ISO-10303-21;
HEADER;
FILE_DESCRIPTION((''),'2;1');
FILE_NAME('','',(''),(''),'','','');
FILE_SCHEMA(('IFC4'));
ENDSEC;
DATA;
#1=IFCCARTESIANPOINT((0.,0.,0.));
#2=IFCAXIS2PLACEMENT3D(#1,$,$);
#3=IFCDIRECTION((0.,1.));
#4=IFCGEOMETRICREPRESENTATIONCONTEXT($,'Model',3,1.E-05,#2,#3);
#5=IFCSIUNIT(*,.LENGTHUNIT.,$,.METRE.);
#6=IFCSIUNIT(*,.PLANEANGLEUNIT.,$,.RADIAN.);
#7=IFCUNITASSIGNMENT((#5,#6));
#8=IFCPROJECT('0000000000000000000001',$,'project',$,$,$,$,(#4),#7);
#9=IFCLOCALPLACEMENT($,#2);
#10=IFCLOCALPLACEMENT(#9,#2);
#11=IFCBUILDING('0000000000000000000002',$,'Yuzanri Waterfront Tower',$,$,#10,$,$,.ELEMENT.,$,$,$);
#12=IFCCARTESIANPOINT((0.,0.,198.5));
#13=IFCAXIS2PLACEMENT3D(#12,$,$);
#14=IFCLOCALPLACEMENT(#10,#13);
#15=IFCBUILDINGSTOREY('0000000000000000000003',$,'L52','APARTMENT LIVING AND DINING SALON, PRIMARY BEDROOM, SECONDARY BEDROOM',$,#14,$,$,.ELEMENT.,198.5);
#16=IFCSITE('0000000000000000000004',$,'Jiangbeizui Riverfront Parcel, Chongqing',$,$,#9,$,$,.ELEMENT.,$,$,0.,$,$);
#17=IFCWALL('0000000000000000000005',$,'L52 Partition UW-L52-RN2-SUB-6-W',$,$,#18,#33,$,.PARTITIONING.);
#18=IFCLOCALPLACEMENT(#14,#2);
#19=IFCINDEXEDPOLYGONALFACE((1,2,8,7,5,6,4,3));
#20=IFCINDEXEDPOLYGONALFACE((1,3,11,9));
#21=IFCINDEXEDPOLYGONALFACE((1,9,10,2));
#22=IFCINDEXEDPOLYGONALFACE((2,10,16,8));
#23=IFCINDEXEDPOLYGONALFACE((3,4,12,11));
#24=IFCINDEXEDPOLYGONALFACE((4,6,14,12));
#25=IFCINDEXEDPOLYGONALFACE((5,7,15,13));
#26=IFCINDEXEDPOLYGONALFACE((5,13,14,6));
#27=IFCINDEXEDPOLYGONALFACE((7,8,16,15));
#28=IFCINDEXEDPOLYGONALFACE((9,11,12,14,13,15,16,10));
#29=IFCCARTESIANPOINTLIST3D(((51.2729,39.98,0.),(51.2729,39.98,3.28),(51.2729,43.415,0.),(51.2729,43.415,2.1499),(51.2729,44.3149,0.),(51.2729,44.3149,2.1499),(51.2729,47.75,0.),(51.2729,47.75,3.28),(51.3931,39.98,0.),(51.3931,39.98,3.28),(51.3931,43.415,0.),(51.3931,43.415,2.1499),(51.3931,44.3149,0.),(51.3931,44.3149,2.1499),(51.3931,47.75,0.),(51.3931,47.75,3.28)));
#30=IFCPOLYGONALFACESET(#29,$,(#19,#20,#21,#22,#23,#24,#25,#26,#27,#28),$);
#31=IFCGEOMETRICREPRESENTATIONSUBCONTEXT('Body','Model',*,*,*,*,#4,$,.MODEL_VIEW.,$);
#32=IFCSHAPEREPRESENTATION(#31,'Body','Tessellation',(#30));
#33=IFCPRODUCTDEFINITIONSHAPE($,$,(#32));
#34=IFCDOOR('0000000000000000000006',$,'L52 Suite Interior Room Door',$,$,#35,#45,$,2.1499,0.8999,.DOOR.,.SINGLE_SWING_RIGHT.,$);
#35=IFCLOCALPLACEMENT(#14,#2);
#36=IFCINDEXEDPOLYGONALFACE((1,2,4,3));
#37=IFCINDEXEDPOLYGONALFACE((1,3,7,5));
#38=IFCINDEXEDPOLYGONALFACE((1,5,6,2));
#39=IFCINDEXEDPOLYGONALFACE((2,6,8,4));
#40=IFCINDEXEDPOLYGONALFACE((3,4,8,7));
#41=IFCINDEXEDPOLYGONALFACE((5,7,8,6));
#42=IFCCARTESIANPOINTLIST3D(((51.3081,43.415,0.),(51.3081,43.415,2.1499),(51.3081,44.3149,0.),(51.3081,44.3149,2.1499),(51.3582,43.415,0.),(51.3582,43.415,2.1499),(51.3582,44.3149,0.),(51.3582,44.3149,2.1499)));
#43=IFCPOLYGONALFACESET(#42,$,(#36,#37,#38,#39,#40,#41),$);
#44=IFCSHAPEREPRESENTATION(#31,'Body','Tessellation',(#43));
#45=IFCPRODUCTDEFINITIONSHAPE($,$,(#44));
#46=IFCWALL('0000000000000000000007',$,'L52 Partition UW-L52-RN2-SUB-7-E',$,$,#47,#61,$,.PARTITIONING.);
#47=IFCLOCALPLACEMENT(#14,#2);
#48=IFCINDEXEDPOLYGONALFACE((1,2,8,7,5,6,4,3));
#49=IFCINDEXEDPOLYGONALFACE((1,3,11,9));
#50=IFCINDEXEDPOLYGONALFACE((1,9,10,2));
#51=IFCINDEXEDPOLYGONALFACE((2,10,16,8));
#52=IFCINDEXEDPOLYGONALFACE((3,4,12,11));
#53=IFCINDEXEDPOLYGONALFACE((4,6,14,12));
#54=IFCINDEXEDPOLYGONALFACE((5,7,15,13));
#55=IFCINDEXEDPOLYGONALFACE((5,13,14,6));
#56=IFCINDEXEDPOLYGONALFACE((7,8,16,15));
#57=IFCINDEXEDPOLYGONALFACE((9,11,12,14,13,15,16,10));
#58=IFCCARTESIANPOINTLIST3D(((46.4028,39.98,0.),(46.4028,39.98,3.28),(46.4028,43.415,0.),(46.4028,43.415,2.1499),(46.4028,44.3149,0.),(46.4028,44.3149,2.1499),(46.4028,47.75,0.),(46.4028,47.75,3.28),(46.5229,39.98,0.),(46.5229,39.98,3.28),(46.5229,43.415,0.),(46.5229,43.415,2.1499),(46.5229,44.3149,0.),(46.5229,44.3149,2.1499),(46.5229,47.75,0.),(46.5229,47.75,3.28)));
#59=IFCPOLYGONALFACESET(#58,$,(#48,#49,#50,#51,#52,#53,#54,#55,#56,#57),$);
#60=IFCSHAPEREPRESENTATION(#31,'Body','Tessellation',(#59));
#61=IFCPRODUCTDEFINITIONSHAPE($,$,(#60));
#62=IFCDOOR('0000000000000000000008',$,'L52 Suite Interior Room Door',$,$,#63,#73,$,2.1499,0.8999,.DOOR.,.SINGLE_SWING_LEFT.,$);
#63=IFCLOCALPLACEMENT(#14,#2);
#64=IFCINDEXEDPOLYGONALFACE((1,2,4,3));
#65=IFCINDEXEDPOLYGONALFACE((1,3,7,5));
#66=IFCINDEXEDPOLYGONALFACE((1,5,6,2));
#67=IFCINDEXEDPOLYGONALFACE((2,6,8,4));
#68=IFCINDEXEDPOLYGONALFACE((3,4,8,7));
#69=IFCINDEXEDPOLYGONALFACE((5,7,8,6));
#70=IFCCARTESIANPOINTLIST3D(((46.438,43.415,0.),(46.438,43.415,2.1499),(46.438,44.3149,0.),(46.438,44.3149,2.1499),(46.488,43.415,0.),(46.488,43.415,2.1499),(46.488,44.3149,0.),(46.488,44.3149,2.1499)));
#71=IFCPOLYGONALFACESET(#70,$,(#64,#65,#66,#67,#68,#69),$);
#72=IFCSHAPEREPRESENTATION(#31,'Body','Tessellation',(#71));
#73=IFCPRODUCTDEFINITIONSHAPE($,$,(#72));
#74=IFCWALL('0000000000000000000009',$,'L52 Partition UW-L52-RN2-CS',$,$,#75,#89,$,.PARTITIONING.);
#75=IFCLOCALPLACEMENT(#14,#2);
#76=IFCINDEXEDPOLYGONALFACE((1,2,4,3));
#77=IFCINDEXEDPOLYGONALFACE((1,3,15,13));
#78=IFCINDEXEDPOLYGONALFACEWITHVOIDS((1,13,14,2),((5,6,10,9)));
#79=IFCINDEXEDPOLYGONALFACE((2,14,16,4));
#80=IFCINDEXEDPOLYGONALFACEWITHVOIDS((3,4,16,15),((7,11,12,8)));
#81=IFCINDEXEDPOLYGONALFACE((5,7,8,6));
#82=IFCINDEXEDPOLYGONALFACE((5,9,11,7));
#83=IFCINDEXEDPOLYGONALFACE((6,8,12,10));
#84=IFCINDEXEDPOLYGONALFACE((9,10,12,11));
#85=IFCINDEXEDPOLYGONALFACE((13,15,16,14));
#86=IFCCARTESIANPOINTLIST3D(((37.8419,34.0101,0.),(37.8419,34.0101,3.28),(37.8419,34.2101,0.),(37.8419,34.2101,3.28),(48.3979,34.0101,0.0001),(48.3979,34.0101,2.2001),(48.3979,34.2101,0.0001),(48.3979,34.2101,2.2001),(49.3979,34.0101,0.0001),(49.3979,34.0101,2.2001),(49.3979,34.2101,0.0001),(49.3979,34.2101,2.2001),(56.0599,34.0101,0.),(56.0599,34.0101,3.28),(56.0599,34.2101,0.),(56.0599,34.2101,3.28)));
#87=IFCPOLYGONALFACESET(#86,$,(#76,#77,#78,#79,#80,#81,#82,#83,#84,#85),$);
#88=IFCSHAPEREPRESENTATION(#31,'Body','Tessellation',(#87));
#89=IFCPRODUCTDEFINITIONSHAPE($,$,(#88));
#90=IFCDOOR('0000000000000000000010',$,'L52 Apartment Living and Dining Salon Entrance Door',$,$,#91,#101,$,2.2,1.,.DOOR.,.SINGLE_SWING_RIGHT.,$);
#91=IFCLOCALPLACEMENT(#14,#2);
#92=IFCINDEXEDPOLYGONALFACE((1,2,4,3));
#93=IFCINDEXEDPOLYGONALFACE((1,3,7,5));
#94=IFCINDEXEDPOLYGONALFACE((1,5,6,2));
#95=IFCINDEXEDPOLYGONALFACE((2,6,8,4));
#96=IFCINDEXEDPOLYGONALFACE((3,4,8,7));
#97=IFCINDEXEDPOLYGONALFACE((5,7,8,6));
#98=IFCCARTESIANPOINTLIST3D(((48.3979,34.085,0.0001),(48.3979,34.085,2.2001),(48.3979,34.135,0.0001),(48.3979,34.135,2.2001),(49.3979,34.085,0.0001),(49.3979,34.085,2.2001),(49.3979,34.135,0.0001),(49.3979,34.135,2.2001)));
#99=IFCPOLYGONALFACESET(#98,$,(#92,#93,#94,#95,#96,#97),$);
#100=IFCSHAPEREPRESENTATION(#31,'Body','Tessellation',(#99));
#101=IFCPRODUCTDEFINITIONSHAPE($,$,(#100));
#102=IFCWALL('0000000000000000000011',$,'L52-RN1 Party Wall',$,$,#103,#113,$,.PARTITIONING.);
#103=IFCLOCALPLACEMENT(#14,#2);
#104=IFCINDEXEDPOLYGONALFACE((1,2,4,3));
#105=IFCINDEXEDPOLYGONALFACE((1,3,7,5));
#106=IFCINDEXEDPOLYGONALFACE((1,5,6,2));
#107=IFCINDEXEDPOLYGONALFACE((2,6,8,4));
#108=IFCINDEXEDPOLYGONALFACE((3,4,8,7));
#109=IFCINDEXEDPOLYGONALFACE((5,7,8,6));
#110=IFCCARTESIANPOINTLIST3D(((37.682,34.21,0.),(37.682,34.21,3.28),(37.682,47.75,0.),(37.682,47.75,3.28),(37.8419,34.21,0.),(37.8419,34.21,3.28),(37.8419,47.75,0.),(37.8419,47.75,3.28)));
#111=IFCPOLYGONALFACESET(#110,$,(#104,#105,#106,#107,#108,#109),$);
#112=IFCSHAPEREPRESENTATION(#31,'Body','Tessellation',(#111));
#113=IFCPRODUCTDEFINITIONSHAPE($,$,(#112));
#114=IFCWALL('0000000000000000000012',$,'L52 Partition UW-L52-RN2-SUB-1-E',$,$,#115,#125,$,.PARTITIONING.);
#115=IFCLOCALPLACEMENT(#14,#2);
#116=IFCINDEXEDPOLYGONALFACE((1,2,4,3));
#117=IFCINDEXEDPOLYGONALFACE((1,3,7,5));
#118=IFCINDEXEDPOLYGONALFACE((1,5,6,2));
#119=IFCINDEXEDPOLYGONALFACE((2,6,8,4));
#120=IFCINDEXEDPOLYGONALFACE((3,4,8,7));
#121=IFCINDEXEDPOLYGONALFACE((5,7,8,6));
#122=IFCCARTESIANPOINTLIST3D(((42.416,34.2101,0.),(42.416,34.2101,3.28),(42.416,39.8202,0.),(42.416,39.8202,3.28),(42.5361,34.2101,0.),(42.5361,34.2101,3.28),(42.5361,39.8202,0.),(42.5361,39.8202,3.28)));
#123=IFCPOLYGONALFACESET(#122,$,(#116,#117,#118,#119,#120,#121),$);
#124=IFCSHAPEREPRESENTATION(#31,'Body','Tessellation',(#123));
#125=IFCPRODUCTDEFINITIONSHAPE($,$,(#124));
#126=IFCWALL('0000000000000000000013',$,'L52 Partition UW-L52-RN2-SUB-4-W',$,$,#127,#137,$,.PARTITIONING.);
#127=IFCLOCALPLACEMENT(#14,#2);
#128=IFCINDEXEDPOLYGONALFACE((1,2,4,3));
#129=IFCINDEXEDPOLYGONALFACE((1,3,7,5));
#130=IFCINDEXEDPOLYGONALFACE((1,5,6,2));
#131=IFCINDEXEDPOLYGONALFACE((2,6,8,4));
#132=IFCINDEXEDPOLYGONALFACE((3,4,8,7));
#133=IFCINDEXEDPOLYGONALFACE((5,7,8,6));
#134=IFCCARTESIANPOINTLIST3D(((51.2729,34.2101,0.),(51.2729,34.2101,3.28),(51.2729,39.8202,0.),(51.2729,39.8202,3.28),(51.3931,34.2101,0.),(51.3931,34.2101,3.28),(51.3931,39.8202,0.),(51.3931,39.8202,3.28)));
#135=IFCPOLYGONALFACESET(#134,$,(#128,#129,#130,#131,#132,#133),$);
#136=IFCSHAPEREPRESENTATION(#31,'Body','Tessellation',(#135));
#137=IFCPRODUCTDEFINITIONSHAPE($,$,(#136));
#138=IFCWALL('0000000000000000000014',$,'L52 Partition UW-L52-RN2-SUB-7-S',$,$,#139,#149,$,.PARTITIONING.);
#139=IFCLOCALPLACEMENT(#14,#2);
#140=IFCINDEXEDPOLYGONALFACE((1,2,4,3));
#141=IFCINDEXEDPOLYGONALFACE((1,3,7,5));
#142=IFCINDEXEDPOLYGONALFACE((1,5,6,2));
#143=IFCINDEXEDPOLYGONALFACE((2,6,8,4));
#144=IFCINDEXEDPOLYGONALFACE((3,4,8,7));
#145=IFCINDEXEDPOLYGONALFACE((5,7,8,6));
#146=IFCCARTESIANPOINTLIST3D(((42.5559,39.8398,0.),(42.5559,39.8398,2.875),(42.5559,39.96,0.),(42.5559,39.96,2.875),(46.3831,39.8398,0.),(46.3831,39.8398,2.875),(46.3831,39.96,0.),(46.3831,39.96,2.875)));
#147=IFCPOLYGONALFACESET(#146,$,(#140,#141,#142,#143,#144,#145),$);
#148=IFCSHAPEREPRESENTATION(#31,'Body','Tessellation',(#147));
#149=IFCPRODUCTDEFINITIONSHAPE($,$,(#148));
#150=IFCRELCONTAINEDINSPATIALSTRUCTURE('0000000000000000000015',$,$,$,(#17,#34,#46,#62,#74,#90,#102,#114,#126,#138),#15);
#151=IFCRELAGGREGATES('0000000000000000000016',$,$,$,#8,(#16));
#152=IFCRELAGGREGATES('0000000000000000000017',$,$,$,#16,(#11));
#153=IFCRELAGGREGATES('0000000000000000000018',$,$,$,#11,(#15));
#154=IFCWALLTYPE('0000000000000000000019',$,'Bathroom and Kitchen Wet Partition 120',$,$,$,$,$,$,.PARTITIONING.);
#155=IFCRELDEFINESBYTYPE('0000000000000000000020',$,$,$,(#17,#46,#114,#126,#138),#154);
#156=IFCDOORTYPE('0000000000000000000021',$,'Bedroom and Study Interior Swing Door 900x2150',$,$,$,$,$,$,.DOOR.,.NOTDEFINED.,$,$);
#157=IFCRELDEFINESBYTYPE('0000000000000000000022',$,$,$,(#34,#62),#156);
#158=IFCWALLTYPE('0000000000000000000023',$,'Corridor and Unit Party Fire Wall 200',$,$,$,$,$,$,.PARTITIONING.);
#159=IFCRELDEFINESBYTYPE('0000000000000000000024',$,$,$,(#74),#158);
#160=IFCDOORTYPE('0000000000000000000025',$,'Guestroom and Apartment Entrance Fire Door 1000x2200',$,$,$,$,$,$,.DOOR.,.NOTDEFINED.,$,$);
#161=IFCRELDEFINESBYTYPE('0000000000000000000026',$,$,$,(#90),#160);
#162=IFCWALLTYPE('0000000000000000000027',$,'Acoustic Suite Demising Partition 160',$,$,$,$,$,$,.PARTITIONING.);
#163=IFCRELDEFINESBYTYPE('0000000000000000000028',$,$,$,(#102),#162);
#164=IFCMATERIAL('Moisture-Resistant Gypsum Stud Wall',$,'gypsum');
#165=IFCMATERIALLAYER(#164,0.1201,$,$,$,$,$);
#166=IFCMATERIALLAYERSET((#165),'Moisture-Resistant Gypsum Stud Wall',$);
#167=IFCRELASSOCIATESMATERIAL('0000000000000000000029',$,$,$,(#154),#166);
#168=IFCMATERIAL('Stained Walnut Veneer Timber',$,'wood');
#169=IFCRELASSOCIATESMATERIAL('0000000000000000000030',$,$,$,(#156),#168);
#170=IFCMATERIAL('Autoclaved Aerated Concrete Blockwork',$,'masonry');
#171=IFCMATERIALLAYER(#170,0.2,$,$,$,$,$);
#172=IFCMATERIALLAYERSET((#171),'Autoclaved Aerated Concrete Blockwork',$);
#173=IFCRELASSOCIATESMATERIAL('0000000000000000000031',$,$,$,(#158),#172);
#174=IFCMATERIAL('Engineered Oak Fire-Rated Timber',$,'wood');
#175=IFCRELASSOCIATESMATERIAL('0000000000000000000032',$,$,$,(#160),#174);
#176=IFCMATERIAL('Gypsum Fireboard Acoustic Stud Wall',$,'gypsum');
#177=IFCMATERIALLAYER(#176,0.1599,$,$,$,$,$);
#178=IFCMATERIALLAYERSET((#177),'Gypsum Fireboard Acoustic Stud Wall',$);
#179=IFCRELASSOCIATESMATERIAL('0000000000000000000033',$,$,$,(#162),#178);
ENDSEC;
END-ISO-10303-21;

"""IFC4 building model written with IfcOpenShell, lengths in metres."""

from ifc_helpers import new_model, si_unit, direction, frame, frame_2d, origin, place, context, subcontext, project, spatial, rectangle, extrude, source, transform, mapped, material, layer, layer_set, type_object, element, fill, save


model = new_model("IFC4")

# Units and contexts
model_context = context("Model", 3, precision=1e-05, world=origin(), true_north=direction((0.0, 1.0)))
body_context = subcontext(model_context, "Body", "Model", "MODEL_VIEW")
ifc_project = project(units=[si_unit("LENGTHUNIT", "METRE"), si_unit("PLANEANGLEUNIT", "RADIAN")], contexts=[model_context])

# Site, building, storey
site_placement = place(None, origin())
site = spatial("IfcSite", under=ifc_project, at=site_placement, Name="Jiangbeizui Riverfront Parcel, Chongqing", CompositionType="ELEMENT", RefElevation=0.0)
building_placement = place(site_placement, origin())
building = spatial("IfcBuilding", under=site, at=building_placement, Name="Yuzanri Waterfront Tower", CompositionType="ELEMENT")
storey_placement = place(building_placement, frame((0.0, 0.0, 198.5)))
storey = spatial("IfcBuildingStorey", under=building, at=storey_placement, Name="L52", Description="APARTMENT LIVING AND DINING SALON, PRIMARY BEDROOM, SECONDARY BEDROOM", CompositionType="ELEMENT", Elevation=198.5)

# Shared definitions
ifc_material_1 = material(Name="Moisture-Resistant Gypsum Stud Wall", Category="gypsum")
ifc_layer_1 = layer(ifc_material_1, 0.1201)
ifc_layer_set_1 = layer_set([ifc_layer_1], Name="Moisture-Resistant Gypsum Stud Wall")
wall_type_1 = type_object("IfcWallType", Name="Bathroom and Kitchen Wet Partition 120", PredefinedType="PARTITIONING", material=ifc_layer_set_1)
ifc_material_2 = material(Name="Stained Walnut Veneer Timber", Category="wood")
door_type_1 = type_object("IfcDoorType", Name="Bedroom and Study Interior Swing Door 900x2150", OperationType="NOTDEFINED", PredefinedType="DOOR", material=ifc_material_2)
shared_shape_1 = source(origin(), body_context, "Body", "SweptSolid", [
    extrude(rectangle(XDim=0.8999, YDim=2.1499, at=frame_2d((0.45, 1.075))), frame((0.0, 0.0249, 0.0), z_axis=(0.0, -1.0, 0.0), x_axis=(1.0, 0.0, 0.0)), (0.0, 0.0, 1.0), 0.05),
])

# Walls, openings, doors
wall_1_placement = place(storey_placement, frame((51.333, 39.98, 0.0), z_axis=(0.0, 0.0, 1.0), x_axis=(0.0, 1.0, 0.0)))
wall_1 = element("IfcWall", 1, at=wall_1_placement, inside=storey, type_object=wall_type_1, Name="L52 Partition UW-L52-RN2-SUB-6-W", PredefinedType="PARTITIONING", context=body_context, shape_type="SweptSolid", body=[
    extrude(rectangle(XDim=7.77, YDim=0.1201, at=frame_2d((3.885, 0.0))), origin(), (0.0, 0.0, 1.0), 3.28),
])
opening_1_placement = place(wall_1_placement, frame((3.4351, 0.0, 0.0)))
opening_1 = element("IfcOpeningElement", 2, at=opening_1_placement, cuts=wall_1, PredefinedType="OPENING", context=body_context, shape_type="SweptSolid", body=[
    extrude(rectangle(XDim=0.8999, YDim=2.1499, at=frame_2d((0.45, 1.075))), frame((0.0, 0.075, 0.0), z_axis=(0.0, -1.0, 0.0), x_axis=(1.0, 0.0, 0.0)), (0.0, 0.0, 1.0), 0.1499),
])
door_1_placement = place(opening_1_placement, origin())
door_1 = element("IfcDoor", 3, at=door_1_placement, inside=storey, type_object=door_type_1, Name="L52 Suite Interior Room Door", OperationType="SINGLE_SWING_RIGHT", OverallHeight=2.1499, OverallWidth=0.8999, PredefinedType="DOOR", context=body_context, shape_type="MappedRepresentation", body=[
    mapped(shared_shape_1, transform((0.0, 0.0, 0.0), scale=1.0)),
])
fill(opening_1, door_1)
wall_2_placement = place(storey_placement, frame((46.4629, 39.98, 0.0), z_axis=(0.0, 0.0, 1.0), x_axis=(0.0, 1.0, 0.0)))
wall_2 = element("IfcWall", 4, at=wall_2_placement, inside=storey, type_object=wall_type_1, Name="L52 Partition UW-L52-RN2-SUB-7-E", PredefinedType="PARTITIONING", context=body_context, shape_type="SweptSolid", body=[
    extrude(rectangle(XDim=7.77, YDim=0.1201, at=frame_2d((3.885, 0.0))), origin(), (0.0, 0.0, 1.0), 3.28),
])
opening_2_placement = place(wall_2_placement, frame((3.4351, 0.0, 0.0)))
opening_2 = element("IfcOpeningElement", 5, at=opening_2_placement, cuts=wall_2, PredefinedType="OPENING", context=body_context, shape_type="SweptSolid", body=[
    extrude(rectangle(XDim=0.8999, YDim=2.1499, at=frame_2d((0.45, 1.075))), frame((0.0, 0.075, 0.0), z_axis=(0.0, -1.0, 0.0), x_axis=(1.0, 0.0, 0.0)), (0.0, 0.0, 1.0), 0.1499),
])
door_2_placement = place(opening_2_placement, origin())
door_2 = element("IfcDoor", 6, at=door_2_placement, inside=storey, type_object=door_type_1, Name="L52 Suite Interior Room Door", OperationType="SINGLE_SWING_LEFT", OverallHeight=2.1499, OverallWidth=0.8999, PredefinedType="DOOR", context=body_context, shape_type="MappedRepresentation", body=[
    mapped(shared_shape_1, transform((0.0, 0.0, 0.0), scale=1.0)),
])
fill(opening_2, door_2)
ifc_material_3 = material(Name="Autoclaved Aerated Concrete Blockwork", Category="masonry")
ifc_layer_2 = layer(ifc_material_3, 0.2)
ifc_layer_set_2 = layer_set([ifc_layer_2], Name="Autoclaved Aerated Concrete Blockwork")
wall_type_2 = type_object("IfcWallType", Name="Corridor and Unit Party Fire Wall 200", PredefinedType="PARTITIONING", material=ifc_layer_set_2)
wall_3_placement = place(storey_placement, frame((37.842, 34.1101, 0.0), z_axis=(0.0, 0.0, 1.0), x_axis=(1.0, 0.0, 0.0)))
wall_3 = element("IfcWall", 7, at=wall_3_placement, inside=storey, type_object=wall_type_2, Name="L52 Partition UW-L52-RN2-CS", PredefinedType="PARTITIONING", context=body_context, shape_type="SweptSolid", body=[
    extrude(rectangle(XDim=18.218, YDim=0.2, at=frame_2d((9.1089, 0.0))), origin(), (0.0, 0.0, 1.0), 3.28),
])
opening_3_placement = place(wall_3_placement, frame((10.5559, 0.0, 0.0)))
opening_3 = element("IfcOpeningElement", 8, at=opening_3_placement, cuts=wall_3, PredefinedType="OPENING", context=body_context, shape_type="SweptSolid", body=[
    extrude(rectangle(XDim=1.0, YDim=2.2, at=frame_2d((0.5, 1.1001))), frame((0.0, 0.1147, 0.0), z_axis=(0.0, -1.0, 0.0), x_axis=(1.0, 0.0, 0.0)), (0.0, 0.0, 1.0), 0.2297),
])
ifc_material_4 = material(Name="Engineered Oak Fire-Rated Timber", Category="wood")
door_type_2 = type_object("IfcDoorType", Name="Guestroom and Apartment Entrance Fire Door 1000x2200", OperationType="NOTDEFINED", PredefinedType="DOOR", material=ifc_material_4)
shared_shape_2 = source(origin(), body_context, "Body", "SweptSolid", [
    extrude(rectangle(XDim=1.0, YDim=2.2, at=frame_2d((0.5, 1.1001))), frame((0.0, 0.0249, 0.0), z_axis=(0.0, -1.0, 0.0), x_axis=(1.0, 0.0, 0.0)), (0.0, 0.0, 1.0), 0.05),
])
door_3_placement = place(opening_3_placement, origin())
door_3 = element("IfcDoor", 9, at=door_3_placement, inside=storey, type_object=door_type_2, Name="L52 Apartment Living and Dining Salon Entrance Door", OperationType="SINGLE_SWING_RIGHT", OverallHeight=2.2, OverallWidth=1.0, PredefinedType="DOOR", context=body_context, shape_type="MappedRepresentation", body=[
    mapped(shared_shape_2, transform((0.0, 0.0, 0.0), scale=1.0)),
])
fill(opening_3, door_3)

# Walls
ifc_material_5 = material(Name="Gypsum Fireboard Acoustic Stud Wall", Category="gypsum")
ifc_layer_3 = layer(ifc_material_5, 0.1599)
ifc_layer_set_3 = layer_set([ifc_layer_3], Name="Gypsum Fireboard Acoustic Stud Wall")
wall_type_3 = type_object("IfcWallType", Name="Acoustic Suite Demising Partition 160", PredefinedType="PARTITIONING", material=ifc_layer_set_3)
shared_shape_3 = source(origin(), body_context, "Body", "SweptSolid", [
    extrude(rectangle(XDim=13.54, YDim=0.1599, at=frame_2d((6.77, 0.0))), origin(), (0.0, 0.0, 1.0), 3.28),
])
wall_4_placement = place(storey_placement, frame((37.762, 34.21, 0.0), z_axis=(0.0, 0.0, 1.0), x_axis=(0.0, 1.0, 0.0)))
element("IfcWall", 10, at=wall_4_placement, inside=storey, type_object=wall_type_3, Name="L52-RN1 Party Wall", PredefinedType="PARTITIONING", context=body_context, shape_type="MappedRepresentation", body=[
    mapped(shared_shape_3, transform((0.0, 0.0, 0.0), scale=1.0)),
])
shared_shape_4 = source(origin(), body_context, "Body", "SweptSolid", [
    extrude(rectangle(XDim=5.6101, YDim=0.1201, at=frame_2d((2.8052, 0.0))), origin(), (0.0, 0.0, 1.0), 3.28),
])
for number, where, z_axis, x_axis, name in (
    (11, (42.4761, 34.21, 0.0), (0.0, 0.0, 1.0), (0.0, 1.0, 0.0), "L52 Partition UW-L52-RN2-SUB-1-E"),
    (12, (51.333, 34.21, 0.0), (0.0, 0.0, 1.0), (0.0, 1.0, 0.0), "L52 Partition UW-L52-RN2-SUB-4-W"),
):
    element("IfcWall", number, at=place(storey_placement, frame(where, z_axis=z_axis, x_axis=x_axis)), inside=storey, type_object=wall_type_1, Name=name, PredefinedType="PARTITIONING", context=body_context, shape_type="MappedRepresentation", body=[
        mapped(shared_shape_4, transform((0.0, 0.0, 0.0), scale=1.0)),
    ])
shared_shape_5 = source(origin(), body_context, "Body", "SweptSolid", [
    extrude(rectangle(XDim=3.8271, YDim=0.1201, at=frame_2d((1.9136, 0.0))), origin(), (0.0, 0.0, 1.0), 2.875),
])
wall_5_placement = place(storey_placement, frame((42.5559, 39.8999, 0.0), z_axis=(0.0, 0.0, 1.0), x_axis=(1.0, 0.0, 0.0)))
element("IfcWall", 13, at=wall_5_placement, inside=storey, type_object=wall_type_1, Name="L52 Partition UW-L52-RN2-SUB-7-S", PredefinedType="PARTITIONING", context=body_context, shape_type="MappedRepresentation", body=[
    mapped(shared_shape_5, transform((0.0, 0.0, 0.0), scale=1.0)),
])

save(model, "model.ifc")
